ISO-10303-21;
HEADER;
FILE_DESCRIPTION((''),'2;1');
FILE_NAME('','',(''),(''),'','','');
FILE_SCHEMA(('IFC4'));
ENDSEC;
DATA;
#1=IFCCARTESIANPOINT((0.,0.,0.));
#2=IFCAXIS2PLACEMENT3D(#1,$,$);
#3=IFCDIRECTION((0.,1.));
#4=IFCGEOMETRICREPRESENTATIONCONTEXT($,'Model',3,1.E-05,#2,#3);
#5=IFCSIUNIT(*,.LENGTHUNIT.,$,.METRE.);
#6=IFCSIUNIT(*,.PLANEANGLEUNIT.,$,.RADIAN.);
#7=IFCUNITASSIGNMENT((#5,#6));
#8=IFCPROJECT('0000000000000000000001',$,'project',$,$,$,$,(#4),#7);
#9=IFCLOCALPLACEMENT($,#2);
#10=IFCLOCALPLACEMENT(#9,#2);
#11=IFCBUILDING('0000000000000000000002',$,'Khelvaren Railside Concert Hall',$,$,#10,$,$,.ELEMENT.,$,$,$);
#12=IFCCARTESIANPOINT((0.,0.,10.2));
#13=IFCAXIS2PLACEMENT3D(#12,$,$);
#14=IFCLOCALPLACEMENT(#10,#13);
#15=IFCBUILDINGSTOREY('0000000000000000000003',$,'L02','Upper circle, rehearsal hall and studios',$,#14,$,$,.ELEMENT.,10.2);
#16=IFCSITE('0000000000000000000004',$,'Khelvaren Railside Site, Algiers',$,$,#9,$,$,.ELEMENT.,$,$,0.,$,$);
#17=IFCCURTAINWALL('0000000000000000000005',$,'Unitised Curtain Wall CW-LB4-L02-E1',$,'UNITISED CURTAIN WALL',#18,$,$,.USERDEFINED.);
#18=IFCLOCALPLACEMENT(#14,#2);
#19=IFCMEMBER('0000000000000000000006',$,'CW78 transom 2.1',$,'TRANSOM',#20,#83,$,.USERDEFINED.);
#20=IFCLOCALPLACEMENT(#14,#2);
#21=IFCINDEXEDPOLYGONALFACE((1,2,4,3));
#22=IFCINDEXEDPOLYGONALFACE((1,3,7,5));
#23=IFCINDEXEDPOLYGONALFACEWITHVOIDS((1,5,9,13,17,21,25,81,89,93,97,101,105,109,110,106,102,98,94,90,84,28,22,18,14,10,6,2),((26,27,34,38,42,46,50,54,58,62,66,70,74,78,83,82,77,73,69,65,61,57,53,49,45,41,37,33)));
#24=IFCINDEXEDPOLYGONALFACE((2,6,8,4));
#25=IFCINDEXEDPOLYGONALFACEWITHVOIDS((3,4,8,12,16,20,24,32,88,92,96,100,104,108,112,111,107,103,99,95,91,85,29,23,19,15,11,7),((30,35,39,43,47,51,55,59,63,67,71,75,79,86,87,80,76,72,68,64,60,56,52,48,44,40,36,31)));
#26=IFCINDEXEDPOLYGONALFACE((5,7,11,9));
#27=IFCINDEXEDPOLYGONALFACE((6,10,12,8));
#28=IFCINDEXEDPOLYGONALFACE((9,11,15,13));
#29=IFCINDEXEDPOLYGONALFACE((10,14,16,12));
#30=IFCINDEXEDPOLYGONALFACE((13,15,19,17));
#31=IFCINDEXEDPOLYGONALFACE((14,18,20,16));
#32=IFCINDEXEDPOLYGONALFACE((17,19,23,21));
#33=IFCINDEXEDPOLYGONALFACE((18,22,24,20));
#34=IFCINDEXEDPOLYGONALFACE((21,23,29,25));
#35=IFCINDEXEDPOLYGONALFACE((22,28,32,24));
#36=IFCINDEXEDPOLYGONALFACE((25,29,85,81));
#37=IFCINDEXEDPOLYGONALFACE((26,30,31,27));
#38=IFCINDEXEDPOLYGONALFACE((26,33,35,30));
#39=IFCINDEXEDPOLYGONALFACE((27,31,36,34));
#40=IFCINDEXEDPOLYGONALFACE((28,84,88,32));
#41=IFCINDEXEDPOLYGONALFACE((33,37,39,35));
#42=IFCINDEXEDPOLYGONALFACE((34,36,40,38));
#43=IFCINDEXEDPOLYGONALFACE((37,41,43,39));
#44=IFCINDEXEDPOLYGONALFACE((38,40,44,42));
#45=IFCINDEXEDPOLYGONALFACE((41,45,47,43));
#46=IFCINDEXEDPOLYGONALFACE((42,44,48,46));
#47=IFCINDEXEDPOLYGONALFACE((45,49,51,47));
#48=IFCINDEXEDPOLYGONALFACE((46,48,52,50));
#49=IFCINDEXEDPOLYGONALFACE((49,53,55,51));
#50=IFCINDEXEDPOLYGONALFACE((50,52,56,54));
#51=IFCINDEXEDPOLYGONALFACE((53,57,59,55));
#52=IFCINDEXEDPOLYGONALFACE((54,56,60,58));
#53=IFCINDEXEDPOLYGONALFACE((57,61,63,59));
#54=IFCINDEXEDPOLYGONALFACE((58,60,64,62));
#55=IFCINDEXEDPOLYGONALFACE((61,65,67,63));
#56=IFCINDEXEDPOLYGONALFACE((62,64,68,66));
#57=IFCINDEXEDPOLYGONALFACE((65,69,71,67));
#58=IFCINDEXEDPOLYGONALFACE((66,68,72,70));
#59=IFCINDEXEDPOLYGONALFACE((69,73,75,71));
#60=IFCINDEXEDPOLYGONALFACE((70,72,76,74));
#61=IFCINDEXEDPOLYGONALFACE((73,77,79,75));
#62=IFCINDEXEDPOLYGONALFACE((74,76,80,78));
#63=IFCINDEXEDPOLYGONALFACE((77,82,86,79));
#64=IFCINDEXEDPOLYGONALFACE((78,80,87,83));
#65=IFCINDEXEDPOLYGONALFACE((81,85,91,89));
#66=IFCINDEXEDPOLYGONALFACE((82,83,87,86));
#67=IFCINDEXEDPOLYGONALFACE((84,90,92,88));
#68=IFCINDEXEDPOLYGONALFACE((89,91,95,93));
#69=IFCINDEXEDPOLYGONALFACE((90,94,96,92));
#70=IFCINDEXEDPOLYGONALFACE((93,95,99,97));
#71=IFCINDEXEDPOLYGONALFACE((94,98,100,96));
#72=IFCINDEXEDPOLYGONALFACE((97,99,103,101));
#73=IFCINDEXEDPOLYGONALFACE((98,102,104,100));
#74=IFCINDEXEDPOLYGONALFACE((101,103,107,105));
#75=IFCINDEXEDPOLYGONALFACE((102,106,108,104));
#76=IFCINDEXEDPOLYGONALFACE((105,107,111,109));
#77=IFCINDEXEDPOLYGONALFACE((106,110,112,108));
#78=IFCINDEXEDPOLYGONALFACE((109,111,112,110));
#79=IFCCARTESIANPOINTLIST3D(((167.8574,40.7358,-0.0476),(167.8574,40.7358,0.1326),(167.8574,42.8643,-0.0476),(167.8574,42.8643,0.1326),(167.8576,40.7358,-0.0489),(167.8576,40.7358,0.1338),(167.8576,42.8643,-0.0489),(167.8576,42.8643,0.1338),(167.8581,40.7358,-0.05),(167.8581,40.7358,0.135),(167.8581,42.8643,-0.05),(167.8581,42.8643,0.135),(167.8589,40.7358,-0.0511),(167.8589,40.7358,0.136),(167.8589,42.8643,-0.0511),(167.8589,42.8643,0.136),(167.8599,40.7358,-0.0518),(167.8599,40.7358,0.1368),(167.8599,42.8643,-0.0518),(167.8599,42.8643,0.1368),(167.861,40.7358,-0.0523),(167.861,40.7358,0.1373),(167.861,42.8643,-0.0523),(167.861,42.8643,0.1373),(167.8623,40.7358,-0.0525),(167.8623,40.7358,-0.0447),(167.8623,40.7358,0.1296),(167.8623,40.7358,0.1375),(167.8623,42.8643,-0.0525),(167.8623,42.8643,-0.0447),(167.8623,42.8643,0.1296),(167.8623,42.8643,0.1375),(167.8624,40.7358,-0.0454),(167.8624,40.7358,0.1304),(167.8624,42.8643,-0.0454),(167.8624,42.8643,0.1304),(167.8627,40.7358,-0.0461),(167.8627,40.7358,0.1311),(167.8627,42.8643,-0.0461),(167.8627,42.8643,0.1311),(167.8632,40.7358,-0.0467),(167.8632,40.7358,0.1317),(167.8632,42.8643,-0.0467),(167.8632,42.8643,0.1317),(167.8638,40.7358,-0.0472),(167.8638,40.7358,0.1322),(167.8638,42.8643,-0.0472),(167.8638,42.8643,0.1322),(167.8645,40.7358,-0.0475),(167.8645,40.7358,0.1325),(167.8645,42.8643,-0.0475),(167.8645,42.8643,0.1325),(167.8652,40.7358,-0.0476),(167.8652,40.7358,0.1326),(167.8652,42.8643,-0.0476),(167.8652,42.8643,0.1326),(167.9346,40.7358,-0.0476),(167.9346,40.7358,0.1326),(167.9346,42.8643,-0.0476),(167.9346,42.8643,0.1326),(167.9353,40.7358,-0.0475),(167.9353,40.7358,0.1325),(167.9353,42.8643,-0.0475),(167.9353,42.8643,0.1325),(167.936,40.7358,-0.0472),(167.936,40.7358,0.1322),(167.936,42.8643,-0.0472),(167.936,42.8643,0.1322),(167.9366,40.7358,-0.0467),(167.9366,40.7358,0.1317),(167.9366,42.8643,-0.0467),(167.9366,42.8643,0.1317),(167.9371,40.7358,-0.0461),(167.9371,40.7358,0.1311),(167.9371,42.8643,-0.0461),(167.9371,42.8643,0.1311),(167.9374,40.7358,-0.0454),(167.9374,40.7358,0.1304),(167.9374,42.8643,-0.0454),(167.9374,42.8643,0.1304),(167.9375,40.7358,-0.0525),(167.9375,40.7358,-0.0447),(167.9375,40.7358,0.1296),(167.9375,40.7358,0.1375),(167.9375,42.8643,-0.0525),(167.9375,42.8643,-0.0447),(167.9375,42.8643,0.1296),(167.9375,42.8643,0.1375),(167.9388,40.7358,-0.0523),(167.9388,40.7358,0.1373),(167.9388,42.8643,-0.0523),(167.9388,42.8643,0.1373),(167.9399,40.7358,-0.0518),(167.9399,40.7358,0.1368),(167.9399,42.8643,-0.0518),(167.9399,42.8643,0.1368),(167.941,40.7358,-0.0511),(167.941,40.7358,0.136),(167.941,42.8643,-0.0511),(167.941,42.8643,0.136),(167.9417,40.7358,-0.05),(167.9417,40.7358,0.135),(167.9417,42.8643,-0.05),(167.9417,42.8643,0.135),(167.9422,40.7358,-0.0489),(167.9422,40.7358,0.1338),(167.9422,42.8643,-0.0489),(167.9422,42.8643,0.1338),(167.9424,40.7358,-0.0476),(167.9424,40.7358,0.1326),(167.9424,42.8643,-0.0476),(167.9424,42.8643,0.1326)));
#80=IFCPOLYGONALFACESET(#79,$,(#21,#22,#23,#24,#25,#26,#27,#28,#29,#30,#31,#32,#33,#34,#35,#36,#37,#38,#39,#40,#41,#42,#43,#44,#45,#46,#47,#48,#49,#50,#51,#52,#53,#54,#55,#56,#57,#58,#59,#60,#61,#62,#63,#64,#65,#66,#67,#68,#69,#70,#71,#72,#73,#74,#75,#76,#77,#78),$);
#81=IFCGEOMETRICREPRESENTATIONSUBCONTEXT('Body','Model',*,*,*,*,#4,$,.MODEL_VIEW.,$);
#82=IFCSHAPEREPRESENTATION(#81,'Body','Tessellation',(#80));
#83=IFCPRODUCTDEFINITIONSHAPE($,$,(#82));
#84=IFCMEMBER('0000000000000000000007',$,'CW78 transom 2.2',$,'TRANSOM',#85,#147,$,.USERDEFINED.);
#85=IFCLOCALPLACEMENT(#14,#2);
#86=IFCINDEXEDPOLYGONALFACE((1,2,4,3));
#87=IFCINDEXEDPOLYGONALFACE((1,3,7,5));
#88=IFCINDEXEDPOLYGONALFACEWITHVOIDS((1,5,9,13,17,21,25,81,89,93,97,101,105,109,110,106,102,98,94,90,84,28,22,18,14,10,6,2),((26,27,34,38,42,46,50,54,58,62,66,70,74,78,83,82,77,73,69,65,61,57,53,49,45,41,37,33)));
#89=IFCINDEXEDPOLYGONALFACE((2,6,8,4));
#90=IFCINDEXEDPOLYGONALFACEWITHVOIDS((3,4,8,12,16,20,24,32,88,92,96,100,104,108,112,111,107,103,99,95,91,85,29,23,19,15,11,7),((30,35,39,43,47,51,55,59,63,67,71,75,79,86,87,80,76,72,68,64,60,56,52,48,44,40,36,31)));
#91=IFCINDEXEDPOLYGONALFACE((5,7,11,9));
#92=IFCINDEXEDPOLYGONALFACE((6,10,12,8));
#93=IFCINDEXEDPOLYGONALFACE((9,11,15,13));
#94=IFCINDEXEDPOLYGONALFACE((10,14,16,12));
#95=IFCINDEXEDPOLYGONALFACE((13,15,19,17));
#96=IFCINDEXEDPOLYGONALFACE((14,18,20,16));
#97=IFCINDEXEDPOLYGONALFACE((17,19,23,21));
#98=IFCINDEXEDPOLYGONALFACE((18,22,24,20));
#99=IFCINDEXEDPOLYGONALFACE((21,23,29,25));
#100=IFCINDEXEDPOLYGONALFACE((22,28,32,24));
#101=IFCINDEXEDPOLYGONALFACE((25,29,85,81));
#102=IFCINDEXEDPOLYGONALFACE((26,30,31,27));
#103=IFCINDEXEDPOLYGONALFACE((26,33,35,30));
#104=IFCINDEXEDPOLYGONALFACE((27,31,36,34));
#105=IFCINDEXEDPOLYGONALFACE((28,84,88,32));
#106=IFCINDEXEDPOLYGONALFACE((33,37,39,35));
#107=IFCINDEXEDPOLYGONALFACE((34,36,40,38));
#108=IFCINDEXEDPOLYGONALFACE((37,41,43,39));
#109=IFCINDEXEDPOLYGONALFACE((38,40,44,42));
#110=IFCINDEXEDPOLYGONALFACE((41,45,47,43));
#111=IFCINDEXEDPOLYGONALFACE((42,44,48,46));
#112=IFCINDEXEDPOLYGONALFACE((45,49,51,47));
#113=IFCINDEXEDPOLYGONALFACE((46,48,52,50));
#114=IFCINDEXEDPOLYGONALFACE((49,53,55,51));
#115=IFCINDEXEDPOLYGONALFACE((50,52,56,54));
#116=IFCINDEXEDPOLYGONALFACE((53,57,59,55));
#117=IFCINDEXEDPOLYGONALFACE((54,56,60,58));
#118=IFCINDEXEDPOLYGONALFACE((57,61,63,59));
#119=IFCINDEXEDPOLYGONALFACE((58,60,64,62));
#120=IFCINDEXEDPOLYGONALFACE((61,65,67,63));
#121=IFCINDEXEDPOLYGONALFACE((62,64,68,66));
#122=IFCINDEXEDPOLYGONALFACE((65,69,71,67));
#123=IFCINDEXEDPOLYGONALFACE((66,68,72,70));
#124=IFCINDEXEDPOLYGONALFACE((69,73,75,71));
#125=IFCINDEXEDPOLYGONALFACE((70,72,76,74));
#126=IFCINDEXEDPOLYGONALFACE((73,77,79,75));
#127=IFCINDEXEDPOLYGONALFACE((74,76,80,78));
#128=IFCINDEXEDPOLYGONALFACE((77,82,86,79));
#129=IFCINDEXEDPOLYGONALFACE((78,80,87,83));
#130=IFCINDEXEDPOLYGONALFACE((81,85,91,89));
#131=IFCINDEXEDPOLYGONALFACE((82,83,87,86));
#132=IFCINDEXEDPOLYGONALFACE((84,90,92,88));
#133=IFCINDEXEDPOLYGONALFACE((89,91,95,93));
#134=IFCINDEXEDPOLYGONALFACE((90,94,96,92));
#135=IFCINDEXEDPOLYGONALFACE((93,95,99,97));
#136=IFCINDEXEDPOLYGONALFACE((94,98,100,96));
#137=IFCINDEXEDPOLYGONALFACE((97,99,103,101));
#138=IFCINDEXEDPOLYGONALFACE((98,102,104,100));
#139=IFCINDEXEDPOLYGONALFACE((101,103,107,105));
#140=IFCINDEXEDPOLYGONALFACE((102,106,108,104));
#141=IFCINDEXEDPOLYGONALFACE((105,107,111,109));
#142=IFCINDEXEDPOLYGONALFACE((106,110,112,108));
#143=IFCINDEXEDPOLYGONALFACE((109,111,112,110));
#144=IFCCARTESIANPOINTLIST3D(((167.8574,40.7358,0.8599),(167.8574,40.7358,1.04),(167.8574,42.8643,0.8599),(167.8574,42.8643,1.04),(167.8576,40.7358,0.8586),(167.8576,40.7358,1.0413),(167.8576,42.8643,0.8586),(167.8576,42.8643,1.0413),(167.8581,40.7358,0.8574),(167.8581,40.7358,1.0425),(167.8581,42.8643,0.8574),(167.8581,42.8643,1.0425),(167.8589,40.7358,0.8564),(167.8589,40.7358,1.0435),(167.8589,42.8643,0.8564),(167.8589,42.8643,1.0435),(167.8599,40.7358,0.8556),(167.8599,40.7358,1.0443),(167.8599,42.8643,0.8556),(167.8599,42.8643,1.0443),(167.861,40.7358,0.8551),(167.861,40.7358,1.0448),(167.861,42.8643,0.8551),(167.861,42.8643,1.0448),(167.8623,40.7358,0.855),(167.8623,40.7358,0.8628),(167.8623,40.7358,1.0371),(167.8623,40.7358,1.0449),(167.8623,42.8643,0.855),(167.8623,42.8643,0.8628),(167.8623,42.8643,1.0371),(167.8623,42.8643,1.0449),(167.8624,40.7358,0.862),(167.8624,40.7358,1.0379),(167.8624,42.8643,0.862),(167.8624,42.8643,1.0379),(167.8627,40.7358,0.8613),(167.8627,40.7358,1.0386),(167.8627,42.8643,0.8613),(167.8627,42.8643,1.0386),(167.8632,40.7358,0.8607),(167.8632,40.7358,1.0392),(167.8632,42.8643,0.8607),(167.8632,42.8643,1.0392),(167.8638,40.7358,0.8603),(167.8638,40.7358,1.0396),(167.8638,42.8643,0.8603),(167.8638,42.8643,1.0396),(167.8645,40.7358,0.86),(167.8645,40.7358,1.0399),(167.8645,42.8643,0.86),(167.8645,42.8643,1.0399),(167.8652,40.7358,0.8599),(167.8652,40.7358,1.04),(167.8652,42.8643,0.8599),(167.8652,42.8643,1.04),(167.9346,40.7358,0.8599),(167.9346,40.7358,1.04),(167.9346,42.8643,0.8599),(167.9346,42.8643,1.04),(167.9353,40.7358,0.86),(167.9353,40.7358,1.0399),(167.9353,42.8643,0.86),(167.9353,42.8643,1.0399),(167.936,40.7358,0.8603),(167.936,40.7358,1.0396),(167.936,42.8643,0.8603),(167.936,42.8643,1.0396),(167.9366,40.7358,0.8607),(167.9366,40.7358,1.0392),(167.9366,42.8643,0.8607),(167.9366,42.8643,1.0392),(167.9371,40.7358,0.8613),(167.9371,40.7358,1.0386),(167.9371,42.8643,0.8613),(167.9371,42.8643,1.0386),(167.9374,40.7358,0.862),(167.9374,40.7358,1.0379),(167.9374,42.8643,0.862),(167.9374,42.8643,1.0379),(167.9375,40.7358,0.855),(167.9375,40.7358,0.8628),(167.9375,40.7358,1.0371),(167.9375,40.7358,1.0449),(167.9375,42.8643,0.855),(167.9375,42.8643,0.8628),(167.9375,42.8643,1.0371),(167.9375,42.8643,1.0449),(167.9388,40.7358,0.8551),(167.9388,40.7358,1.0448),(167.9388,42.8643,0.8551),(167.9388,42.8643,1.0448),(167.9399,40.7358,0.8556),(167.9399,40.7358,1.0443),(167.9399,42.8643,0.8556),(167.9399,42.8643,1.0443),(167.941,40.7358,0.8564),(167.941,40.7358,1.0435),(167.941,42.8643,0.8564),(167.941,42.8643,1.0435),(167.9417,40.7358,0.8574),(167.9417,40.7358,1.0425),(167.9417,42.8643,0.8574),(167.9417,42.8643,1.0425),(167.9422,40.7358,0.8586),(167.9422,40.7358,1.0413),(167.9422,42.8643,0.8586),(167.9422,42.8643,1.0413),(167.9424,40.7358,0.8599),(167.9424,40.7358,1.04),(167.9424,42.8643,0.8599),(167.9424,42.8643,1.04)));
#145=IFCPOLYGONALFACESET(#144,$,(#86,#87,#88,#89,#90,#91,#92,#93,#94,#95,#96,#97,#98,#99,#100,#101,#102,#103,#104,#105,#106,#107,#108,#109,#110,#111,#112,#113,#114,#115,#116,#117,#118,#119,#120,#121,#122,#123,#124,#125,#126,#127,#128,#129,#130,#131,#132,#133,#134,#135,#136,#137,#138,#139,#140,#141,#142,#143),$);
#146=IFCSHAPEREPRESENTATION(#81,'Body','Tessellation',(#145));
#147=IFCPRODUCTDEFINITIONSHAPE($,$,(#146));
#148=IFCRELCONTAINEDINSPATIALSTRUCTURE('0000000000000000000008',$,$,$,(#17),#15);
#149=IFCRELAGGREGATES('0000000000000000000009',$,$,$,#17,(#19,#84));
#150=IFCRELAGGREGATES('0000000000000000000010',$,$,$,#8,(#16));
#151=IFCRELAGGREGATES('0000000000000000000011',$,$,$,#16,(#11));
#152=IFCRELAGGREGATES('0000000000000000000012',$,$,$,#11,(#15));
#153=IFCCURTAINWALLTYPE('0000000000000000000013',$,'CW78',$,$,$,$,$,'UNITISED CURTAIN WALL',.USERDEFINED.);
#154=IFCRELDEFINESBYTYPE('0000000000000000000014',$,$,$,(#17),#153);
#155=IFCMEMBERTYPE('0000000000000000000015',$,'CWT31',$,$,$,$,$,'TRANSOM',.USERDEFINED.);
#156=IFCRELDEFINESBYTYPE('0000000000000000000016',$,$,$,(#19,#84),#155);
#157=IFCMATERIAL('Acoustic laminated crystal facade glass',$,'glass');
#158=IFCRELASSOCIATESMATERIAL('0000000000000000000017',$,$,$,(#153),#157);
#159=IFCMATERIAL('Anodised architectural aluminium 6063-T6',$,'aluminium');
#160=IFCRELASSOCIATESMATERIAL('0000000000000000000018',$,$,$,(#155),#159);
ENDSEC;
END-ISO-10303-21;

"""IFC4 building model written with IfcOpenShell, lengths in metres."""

from ifc_helpers import new_model, si_unit, direction, frame, origin, origin_2d, place, context, subcontext, project, spatial, hollow_rectangle, extrude, material, material_profile, profile_set, type_object, element, aggregate, save


model = new_model("IFC4")

# Units and contexts
model_context = context("Model", 3, precision=1e-05, world=origin(), true_north=direction((0.0, 1.0)))
body_context = subcontext(model_context, "Body", "Model", "MODEL_VIEW")
ifc_project = project(units=[si_unit("LENGTHUNIT", "METRE"), si_unit("PLANEANGLEUNIT", "RADIAN")], contexts=[model_context])

# Site, building, storey
site_placement = place(None, origin())
site = spatial("IfcSite", under=ifc_project, at=site_placement, Name="Khelvaren Railside Site, Algiers", CompositionType="ELEMENT", RefElevation=0.0)
building_placement = place(site_placement, origin())
building = spatial("IfcBuilding", under=site, at=building_placement, Name="Khelvaren Railside Concert Hall", CompositionType="ELEMENT")
storey_placement = place(building_placement, frame((0.0, 0.0, 10.2)))
storey = spatial("IfcBuildingStorey", under=building, at=storey_placement, Name="L02", Description="Upper circle, rehearsal hall and studios", CompositionType="ELEMENT", Elevation=10.2)

# Curtain wall, members
ifc_material_1 = material(Name="Acoustic laminated crystal facade glass", Category="glass")
curtain_wall_type = type_object("IfcCurtainWallType", Name="CW78", ElementType="UNITISED CURTAIN WALL", PredefinedType="USERDEFINED", material=ifc_material_1)
curtain_wall_placement = place(storey_placement, origin())
curtain_wall = element("IfcCurtainWall", 1, at=curtain_wall_placement, inside=storey, type_object=curtain_wall_type, Name="Unitised Curtain Wall CW-LB4-L02-E1", ObjectType="UNITISED CURTAIN WALL", PredefinedType="USERDEFINED")
ifc_material_2 = material(Name="Anodised architectural aluminium 6063-T6", Category="aluminium")
ifc_material_profile_1 = material_profile(ifc_material_2, hollow_rectangle(XDim=0.085, YDim=0.1899, WallThickness=0.0049, InnerFilletRadius=0.0029, OuterFilletRadius=0.0049, at=origin_2d()), Name="CWT 85x190x5")
ifc_profile_set_1 = profile_set([ifc_material_profile_1], Name="Anodised architectural aluminium 6063-T6")
member_type_1 = type_object("IfcMemberType", Name="CWT31", ElementType="TRANSOM", PredefinedType="USERDEFINED", material=ifc_profile_set_1)
member_1_placement = place(storey_placement, frame((167.8999, 42.8643, 0.0425), z_axis=(0.0, -1.0, 0.0), x_axis=(1.0, 0.0, 0.0)))
member_1 = element("IfcMember", 2, at=member_1_placement, type_object=member_type_1, Name="CW78 transom 2.1", ObjectType="TRANSOM", PredefinedType="USERDEFINED", context=body_context, shape_type="SweptSolid", body=[
    extrude(hollow_rectangle(XDim=0.085, YDim=0.1899, WallThickness=0.0049, InnerFilletRadius=0.0029, OuterFilletRadius=0.0049, at=origin_2d()), origin(), (0.0, 0.0, 1.0), 2.1284),
])
member_2_placement = place(storey_placement, frame((167.8999, 42.8643, 0.95), z_axis=(0.0, -1.0, 0.0), x_axis=(1.0, 0.0, 0.0)))
member_2 = element("IfcMember", 3, at=member_2_placement, type_object=member_type_1, Name="CW78 transom 2.2", ObjectType="TRANSOM", PredefinedType="USERDEFINED", context=body_context, shape_type="SweptSolid", body=[
    extrude(hollow_rectangle(XDim=0.085, YDim=0.1899, WallThickness=0.0049, InnerFilletRadius=0.0029, OuterFilletRadius=0.0049, at=origin_2d()), origin(), (0.0, 0.0, 1.0), 2.1284),
])

aggregate(curtain_wall, [member_1, member_2])

save(model, "model.ifc")
